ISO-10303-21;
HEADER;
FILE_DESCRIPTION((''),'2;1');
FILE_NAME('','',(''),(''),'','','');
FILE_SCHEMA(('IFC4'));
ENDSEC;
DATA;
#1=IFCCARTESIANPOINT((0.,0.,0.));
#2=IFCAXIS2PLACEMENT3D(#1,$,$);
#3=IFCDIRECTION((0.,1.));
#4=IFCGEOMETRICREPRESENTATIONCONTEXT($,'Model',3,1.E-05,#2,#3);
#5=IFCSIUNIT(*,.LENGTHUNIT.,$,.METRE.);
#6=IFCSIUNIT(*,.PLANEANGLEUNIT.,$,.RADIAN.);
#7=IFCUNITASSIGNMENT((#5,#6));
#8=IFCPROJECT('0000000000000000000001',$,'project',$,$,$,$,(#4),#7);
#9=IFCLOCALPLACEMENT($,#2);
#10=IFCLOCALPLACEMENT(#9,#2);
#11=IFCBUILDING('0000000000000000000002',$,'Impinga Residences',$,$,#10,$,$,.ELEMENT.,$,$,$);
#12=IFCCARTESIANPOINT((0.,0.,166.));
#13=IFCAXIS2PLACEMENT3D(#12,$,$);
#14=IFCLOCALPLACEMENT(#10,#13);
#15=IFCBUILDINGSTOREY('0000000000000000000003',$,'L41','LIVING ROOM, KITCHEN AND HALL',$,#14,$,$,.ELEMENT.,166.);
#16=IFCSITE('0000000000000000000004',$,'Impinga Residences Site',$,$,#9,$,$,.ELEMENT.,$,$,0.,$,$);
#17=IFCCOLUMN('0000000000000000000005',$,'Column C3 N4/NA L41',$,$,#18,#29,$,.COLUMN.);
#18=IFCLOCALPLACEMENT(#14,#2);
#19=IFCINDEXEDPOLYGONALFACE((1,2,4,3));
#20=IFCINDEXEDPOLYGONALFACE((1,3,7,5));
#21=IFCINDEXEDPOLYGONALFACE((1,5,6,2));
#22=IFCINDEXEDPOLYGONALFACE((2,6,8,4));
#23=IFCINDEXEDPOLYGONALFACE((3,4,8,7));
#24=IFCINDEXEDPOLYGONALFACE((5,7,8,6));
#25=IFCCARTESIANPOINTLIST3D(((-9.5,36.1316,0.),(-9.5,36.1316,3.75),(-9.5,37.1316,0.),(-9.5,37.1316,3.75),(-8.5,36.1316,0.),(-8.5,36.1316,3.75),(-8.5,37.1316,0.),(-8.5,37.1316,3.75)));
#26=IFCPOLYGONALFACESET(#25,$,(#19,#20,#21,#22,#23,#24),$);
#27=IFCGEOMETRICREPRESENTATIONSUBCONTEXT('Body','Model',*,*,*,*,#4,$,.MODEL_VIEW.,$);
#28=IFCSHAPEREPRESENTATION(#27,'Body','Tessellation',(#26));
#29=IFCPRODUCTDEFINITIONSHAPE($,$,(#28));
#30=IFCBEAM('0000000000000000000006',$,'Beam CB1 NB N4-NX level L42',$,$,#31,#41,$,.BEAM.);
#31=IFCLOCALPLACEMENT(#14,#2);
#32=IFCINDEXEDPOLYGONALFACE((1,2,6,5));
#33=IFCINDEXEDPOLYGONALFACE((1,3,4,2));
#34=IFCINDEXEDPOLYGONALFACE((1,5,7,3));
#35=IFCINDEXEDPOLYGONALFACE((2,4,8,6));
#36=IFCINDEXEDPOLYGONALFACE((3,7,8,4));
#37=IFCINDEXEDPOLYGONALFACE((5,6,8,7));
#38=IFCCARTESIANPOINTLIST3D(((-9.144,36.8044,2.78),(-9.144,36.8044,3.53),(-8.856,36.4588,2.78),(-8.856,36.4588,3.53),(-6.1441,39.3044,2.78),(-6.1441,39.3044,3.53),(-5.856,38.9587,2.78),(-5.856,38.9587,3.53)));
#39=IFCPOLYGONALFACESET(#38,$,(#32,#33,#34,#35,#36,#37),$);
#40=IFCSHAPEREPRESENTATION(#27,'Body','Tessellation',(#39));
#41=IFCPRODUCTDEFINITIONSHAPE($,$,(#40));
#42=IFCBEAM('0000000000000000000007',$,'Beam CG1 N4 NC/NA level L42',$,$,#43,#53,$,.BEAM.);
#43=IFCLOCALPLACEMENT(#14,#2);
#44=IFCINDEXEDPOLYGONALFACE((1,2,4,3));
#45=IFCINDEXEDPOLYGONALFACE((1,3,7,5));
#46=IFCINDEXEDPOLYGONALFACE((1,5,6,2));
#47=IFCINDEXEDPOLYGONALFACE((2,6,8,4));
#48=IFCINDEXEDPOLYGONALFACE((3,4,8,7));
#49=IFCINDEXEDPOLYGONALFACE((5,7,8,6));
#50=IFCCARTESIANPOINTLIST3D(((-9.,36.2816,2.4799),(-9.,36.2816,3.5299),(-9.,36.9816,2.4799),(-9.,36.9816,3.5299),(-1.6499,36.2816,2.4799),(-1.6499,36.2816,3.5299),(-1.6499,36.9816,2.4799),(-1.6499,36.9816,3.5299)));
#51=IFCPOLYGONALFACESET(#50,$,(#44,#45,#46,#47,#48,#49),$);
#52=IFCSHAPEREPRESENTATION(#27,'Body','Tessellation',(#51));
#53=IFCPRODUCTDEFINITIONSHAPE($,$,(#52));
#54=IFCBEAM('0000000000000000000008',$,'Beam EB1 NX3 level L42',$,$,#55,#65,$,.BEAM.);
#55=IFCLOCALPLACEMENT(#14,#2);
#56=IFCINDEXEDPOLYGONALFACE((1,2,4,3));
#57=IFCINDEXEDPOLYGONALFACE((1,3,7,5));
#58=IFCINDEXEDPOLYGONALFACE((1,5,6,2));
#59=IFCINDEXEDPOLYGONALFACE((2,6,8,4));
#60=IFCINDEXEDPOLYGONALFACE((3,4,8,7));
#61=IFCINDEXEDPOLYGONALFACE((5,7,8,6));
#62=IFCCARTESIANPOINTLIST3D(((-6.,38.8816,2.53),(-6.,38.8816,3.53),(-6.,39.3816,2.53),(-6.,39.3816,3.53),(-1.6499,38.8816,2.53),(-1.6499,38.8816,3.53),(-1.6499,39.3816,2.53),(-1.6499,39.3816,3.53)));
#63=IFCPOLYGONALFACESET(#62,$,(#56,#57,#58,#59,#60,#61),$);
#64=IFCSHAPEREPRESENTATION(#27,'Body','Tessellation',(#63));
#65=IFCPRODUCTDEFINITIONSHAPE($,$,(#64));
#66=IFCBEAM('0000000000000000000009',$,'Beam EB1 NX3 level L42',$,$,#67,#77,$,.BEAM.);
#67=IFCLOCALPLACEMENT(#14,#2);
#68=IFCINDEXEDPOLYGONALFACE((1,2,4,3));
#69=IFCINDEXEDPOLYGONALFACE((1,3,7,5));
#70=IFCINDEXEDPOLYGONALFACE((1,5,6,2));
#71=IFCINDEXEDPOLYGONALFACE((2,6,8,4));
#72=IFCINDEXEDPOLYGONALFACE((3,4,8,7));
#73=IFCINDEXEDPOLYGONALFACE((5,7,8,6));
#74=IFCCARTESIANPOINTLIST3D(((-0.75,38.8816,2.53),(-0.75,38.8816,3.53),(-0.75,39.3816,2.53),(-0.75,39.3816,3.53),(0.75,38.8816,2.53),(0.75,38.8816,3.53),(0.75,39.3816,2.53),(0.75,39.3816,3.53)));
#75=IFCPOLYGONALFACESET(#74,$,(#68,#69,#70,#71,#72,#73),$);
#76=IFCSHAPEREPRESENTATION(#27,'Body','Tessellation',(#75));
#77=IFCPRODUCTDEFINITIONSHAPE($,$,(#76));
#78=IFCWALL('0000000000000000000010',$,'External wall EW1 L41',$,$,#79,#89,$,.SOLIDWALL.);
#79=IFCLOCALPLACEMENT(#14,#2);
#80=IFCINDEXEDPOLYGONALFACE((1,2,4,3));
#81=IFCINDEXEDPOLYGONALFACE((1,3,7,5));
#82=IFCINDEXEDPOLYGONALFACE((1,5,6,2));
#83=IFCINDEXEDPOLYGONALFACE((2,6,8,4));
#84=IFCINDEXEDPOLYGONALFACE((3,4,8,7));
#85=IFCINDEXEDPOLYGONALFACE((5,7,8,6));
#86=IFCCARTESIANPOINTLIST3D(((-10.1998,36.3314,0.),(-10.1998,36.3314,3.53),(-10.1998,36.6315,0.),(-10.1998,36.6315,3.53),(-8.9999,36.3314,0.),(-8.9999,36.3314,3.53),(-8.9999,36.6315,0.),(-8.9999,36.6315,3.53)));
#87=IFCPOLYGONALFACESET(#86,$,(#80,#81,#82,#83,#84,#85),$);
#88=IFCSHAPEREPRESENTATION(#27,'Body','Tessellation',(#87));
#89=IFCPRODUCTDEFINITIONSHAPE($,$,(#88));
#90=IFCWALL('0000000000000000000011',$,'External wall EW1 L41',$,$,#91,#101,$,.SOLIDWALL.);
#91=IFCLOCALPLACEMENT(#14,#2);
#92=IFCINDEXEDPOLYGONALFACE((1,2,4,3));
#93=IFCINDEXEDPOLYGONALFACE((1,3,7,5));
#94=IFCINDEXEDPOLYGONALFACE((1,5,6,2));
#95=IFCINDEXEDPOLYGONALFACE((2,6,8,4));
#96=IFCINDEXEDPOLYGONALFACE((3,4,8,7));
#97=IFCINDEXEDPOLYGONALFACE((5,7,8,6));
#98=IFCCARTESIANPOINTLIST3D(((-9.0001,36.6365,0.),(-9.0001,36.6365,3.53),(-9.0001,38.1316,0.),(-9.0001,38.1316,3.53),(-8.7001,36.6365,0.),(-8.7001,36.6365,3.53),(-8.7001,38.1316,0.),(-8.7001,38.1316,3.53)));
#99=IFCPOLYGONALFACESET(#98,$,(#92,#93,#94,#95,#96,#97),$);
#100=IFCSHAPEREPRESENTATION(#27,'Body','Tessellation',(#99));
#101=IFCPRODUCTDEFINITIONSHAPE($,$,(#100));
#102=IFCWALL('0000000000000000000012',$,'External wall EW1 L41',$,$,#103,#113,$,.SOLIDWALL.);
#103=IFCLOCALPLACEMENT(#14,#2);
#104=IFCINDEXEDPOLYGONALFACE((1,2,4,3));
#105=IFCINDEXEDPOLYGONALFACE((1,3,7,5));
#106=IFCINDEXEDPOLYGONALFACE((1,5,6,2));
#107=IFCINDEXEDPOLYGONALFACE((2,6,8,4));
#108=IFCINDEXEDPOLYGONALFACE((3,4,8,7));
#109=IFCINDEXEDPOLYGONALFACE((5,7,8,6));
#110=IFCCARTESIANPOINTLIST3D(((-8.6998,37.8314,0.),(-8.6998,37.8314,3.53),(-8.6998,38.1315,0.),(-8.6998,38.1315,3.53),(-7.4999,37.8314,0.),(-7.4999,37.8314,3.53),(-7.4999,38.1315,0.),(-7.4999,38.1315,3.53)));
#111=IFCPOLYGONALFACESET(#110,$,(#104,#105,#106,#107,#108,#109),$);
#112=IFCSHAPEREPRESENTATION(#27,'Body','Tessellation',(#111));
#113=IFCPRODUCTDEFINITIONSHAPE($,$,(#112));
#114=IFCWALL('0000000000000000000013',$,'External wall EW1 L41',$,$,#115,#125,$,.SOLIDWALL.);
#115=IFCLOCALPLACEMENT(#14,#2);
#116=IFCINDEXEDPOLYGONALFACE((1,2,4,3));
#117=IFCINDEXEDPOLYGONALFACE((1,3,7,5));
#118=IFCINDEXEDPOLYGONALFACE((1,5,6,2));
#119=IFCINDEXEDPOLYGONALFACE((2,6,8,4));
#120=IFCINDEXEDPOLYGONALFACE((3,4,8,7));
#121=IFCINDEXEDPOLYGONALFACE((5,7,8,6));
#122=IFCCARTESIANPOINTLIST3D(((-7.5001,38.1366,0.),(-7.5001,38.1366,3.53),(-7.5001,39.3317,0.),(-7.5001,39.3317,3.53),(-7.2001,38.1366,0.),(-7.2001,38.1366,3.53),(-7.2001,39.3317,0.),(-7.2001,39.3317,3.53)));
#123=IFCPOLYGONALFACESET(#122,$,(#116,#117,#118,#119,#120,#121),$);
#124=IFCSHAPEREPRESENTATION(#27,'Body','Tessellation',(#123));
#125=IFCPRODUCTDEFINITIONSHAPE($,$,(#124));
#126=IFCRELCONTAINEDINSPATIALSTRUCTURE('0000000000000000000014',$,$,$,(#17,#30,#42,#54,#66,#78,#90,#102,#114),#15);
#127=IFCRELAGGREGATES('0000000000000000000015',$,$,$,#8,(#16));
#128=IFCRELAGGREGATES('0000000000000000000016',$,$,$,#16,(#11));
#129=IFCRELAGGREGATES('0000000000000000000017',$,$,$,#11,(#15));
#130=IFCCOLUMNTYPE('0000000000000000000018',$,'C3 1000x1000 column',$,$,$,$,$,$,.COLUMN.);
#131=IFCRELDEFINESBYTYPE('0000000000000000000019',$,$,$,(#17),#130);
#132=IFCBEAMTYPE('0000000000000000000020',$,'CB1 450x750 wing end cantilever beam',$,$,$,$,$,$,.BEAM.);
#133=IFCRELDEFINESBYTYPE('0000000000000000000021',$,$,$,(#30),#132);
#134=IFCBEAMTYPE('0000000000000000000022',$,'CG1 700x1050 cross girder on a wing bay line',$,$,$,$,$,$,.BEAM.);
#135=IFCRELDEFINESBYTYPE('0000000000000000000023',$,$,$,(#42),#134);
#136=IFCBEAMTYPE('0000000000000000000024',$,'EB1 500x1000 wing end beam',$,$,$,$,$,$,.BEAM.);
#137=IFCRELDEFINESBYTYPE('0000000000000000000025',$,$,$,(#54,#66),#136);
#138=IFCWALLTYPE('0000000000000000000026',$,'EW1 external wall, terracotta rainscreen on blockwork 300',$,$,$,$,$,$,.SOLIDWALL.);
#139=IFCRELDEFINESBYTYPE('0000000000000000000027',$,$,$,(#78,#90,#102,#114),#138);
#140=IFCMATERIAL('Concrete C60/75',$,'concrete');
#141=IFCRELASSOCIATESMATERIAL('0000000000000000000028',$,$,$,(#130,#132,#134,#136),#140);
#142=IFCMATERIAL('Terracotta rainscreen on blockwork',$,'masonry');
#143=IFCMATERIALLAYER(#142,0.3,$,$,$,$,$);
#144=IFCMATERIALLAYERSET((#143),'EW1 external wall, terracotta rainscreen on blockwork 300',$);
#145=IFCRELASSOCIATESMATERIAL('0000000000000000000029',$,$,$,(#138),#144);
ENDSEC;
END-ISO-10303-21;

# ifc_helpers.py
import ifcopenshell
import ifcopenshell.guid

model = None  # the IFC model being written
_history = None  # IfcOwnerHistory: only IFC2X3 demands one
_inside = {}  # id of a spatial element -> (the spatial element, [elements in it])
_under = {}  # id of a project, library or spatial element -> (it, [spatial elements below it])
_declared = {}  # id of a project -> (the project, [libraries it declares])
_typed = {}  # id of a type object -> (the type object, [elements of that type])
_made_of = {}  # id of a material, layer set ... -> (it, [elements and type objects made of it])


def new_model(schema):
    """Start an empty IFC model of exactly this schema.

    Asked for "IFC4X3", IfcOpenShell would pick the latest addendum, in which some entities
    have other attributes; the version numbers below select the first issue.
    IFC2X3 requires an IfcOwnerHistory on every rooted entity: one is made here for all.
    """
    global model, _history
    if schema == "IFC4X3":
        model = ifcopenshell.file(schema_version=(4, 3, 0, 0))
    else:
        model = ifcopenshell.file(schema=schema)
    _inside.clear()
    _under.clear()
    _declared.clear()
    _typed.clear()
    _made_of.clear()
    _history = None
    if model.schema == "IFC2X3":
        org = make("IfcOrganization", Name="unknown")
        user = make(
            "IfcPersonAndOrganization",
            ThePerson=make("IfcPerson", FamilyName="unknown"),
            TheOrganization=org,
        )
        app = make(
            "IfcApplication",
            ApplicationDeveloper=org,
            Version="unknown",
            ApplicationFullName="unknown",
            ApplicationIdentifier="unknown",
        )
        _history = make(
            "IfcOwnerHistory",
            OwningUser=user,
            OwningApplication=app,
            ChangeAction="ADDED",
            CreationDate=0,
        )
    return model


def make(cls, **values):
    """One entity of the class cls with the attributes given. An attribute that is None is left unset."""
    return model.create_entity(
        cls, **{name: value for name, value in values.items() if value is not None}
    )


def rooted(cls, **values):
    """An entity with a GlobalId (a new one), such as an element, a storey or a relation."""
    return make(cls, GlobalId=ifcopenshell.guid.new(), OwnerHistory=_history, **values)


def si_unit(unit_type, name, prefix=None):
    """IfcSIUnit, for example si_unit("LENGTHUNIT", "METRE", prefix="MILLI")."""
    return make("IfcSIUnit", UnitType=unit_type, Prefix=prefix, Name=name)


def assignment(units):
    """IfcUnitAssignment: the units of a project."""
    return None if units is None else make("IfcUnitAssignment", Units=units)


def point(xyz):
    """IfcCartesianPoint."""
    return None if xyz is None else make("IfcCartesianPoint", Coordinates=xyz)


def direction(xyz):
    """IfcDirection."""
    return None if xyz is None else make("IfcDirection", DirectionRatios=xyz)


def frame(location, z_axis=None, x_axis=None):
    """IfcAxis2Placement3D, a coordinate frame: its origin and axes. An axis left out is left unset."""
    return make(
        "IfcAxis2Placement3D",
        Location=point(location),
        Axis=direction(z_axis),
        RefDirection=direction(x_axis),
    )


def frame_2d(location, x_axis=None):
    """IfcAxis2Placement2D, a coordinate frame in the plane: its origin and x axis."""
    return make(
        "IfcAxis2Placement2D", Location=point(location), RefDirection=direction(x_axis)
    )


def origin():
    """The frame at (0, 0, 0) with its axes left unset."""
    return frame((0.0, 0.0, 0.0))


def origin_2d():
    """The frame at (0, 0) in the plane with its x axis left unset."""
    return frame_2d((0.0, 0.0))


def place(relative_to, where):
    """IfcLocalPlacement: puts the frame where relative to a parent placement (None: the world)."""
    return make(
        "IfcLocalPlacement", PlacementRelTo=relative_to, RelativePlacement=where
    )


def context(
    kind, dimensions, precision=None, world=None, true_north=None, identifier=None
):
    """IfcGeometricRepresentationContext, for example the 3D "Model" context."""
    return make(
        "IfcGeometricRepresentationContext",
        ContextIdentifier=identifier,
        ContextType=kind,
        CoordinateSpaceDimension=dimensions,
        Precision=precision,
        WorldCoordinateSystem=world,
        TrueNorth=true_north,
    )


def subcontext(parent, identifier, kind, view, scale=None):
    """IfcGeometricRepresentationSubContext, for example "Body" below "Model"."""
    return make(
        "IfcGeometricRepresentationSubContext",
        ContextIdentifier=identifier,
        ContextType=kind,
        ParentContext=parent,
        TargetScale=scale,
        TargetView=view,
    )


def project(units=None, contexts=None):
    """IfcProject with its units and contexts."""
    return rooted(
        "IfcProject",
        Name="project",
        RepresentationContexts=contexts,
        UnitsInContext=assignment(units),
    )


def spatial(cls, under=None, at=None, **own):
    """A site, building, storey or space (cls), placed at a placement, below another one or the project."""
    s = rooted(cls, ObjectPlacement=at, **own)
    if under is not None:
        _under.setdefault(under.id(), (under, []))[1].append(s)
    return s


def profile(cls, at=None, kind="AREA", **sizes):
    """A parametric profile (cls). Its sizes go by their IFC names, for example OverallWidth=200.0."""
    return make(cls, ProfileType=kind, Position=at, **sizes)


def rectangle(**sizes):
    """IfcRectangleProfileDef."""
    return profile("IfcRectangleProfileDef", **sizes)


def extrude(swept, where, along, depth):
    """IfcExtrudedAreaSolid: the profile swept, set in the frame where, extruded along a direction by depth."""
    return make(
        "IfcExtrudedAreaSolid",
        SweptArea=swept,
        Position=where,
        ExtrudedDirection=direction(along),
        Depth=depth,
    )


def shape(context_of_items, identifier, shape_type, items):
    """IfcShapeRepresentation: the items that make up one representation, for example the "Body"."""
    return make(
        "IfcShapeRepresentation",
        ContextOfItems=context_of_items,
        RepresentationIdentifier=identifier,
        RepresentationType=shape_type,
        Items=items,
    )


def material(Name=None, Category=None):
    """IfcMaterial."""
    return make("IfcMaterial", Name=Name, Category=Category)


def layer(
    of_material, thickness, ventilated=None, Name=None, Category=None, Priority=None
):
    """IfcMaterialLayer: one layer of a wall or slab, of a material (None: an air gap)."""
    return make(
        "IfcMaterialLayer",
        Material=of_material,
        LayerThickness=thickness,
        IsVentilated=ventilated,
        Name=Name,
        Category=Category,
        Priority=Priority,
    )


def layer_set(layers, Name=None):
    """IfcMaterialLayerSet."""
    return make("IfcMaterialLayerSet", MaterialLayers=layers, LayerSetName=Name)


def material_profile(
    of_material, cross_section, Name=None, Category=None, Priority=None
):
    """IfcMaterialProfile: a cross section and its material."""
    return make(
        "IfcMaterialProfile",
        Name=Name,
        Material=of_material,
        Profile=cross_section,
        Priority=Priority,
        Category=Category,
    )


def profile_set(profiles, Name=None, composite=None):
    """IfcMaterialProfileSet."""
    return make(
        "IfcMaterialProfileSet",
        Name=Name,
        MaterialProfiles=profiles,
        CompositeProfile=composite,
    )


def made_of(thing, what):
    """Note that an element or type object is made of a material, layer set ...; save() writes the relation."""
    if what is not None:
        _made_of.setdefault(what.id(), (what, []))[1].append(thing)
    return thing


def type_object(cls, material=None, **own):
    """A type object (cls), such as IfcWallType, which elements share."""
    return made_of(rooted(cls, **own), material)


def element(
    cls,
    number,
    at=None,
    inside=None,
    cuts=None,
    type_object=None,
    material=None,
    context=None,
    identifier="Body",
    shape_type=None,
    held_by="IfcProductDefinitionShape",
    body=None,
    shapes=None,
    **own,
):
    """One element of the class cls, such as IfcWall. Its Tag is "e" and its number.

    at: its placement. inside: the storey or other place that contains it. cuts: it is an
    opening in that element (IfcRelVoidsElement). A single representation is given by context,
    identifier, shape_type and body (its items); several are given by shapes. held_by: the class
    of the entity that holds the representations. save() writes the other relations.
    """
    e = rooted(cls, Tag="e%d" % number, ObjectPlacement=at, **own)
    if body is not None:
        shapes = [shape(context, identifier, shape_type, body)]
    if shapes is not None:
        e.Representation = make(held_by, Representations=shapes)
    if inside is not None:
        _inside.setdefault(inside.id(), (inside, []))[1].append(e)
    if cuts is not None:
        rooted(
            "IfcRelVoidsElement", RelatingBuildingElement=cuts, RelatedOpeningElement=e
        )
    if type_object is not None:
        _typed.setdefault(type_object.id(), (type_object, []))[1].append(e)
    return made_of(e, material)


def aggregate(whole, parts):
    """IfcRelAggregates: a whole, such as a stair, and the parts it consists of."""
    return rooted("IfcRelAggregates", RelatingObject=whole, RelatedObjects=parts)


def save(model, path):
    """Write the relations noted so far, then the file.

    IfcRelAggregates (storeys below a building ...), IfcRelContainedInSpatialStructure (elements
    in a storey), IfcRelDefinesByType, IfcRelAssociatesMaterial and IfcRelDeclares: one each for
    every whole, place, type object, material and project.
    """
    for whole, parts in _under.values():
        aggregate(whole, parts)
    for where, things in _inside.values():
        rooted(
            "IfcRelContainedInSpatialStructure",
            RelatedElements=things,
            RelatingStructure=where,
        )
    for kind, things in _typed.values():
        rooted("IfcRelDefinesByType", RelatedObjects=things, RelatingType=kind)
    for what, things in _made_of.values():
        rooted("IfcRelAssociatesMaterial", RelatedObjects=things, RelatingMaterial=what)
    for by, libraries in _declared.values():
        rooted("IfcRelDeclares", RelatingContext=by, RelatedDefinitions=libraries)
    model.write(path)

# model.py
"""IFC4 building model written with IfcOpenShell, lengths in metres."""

from ifc_helpers import new_model, si_unit, direction, frame, frame_2d, origin, origin_2d, place, context, subcontext, project, spatial, rectangle, extrude, material, layer, layer_set, material_profile, profile_set, type_object, element, save


model = new_model("IFC4")

# Units and contexts
model_context = context("Model", 3, precision=1e-05, world=origin(), true_north=direction((0.0, 1.0)))
body_context = subcontext(model_context, "Body", "Model", "MODEL_VIEW")
ifc_project = project(units=[si_unit("LENGTHUNIT", "METRE"), si_unit("PLANEANGLEUNIT", "RADIAN")], contexts=[model_context])

# Site, building, storey
site_placement = place(None, origin())
site = spatial("IfcSite", under=ifc_project, at=site_placement, Name="Impinga Residences Site", CompositionType="ELEMENT", RefElevation=0.0)
building_placement = place(site_placement, origin())
building = spatial("IfcBuilding", under=site, at=building_placement, Name="Impinga Residences", CompositionType="ELEMENT")
storey_placement = place(building_placement, frame((0.0, 0.0, 166.0)))
storey = spatial("IfcBuildingStorey", under=building, at=storey_placement, Name="L41", Description="LIVING ROOM, KITCHEN AND HALL", CompositionType="ELEMENT", Elevation=166.0)

# Column
ifc_material_1 = material(Name="Concrete C60/75", Category="concrete")
ifc_material_profile_1 = material_profile(ifc_material_1, rectangle(XDim=1.0, YDim=1.0, at=origin_2d()), Name="RC 1000x1000")
ifc_profile_set_1 = profile_set([ifc_material_profile_1], Name="Concrete C60/75")
column_type = type_object("IfcColumnType", Name="C3 1000x1000 column", PredefinedType="COLUMN", material=ifc_profile_set_1)
column_placement = place(storey_placement, frame((-9.0, 36.6316, 0.0), z_axis=(0.0, 0.0, 1.0), x_axis=(1.0, 0.0, 0.0)))
element("IfcColumn", 1, at=column_placement, inside=storey, type_object=column_type, Name="Column C3 N4/NA L41", PredefinedType="COLUMN", context=body_context, shape_type="SweptSolid", body=[
    extrude(rectangle(XDim=1.0, YDim=1.0, at=origin_2d()), origin(), (0.0, 0.0, 1.0), 3.75),
])

# Beams
ifc_material_profile_2 = material_profile(ifc_material_1, rectangle(XDim=0.45, YDim=0.75, at=origin_2d()), Name="RC 450x750")
ifc_profile_set_2 = profile_set([ifc_material_profile_2], Name="Concrete C60/75")
beam_type_1 = type_object("IfcBeamType", Name="CB1 450x750 wing end cantilever beam", PredefinedType="BEAM", material=ifc_profile_set_2)
beam_1_placement = place(storey_placement, frame((-9.0, 36.6316, 3.155), z_axis=(0.768221, 0.640184, 0.0), x_axis=(-0.640184, 0.768221, 0.0)))
element("IfcBeam", 2, at=beam_1_placement, inside=storey, type_object=beam_type_1, Name="Beam CB1 NB N4-NX level L42", PredefinedType="BEAM", context=body_context, shape_type="SweptSolid", body=[
    extrude(rectangle(XDim=0.45, YDim=0.75, at=origin_2d()), origin(), (0.0, 0.0, 1.0), 3.905),
])
ifc_material_profile_3 = material_profile(ifc_material_1, rectangle(XDim=0.7, YDim=1.05, at=origin_2d()), Name="RC 700x1050")
ifc_profile_set_3 = profile_set([ifc_material_profile_3], Name="Concrete C60/75")
beam_type_2 = type_object("IfcBeamType", Name="CG1 700x1050 cross girder on a wing bay line", PredefinedType="BEAM", material=ifc_profile_set_3)
beam_2_placement = place(storey_placement, frame((-1.6499, 36.6316, 3.0049), z_axis=(-1.0, 0.0, 0.0), x_axis=(0.0, -1.0, 0.0)))
element("IfcBeam", 3, at=beam_2_placement, inside=storey, type_object=beam_type_2, Name="Beam CG1 N4 NC/NA level L42", PredefinedType="BEAM", context=body_context, shape_type="SweptSolid", body=[
    extrude(rectangle(XDim=0.7, YDim=1.05, at=origin_2d()), origin(), (0.0, 0.0, 1.0), 7.3501),
])
ifc_material_profile_4 = material_profile(ifc_material_1, rectangle(XDim=0.5, YDim=1.0, at=origin_2d()), Name="RC 500x1000")
ifc_profile_set_4 = profile_set([ifc_material_profile_4], Name="Concrete C60/75")
beam_type_3 = type_object("IfcBeamType", Name="EB1 500x1000 wing end beam", PredefinedType="BEAM", material=ifc_profile_set_4)
beam_3_placement = place(storey_placement, frame((-6.0, 39.1316, 3.03), z_axis=(1.0, 0.0, 0.0), x_axis=(0.0, 1.0, 0.0)))
element("IfcBeam", 4, at=beam_3_placement, inside=storey, type_object=beam_type_3, Name="Beam EB1 NX3 level L42", PredefinedType="BEAM", context=body_context, shape_type="SweptSolid", body=[
    extrude(rectangle(XDim=0.5, YDim=1.0, at=origin_2d()), origin(), (0.0, 0.0, 1.0), 4.3501),
])
beam_4_placement = place(storey_placement, frame((-0.75, 39.1316, 3.03), z_axis=(1.0, 0.0, 0.0), x_axis=(0.0, 1.0, 0.0)))
element("IfcBeam", 5, at=beam_4_placement, inside=storey, type_object=beam_type_3, Name="Beam EB1 NX3 level L42", PredefinedType="BEAM", context=body_context, shape_type="SweptSolid", body=[
    extrude(rectangle(XDim=0.5, YDim=1.0, at=origin_2d()), origin(), (0.0, 0.0, 1.0), 1.5),
])

# Walls
ifc_material_2 = material(Name="Terracotta rainscreen on blockwork", Category="masonry")
ifc_layer_1 = layer(ifc_material_2, 0.3)
ifc_layer_set_1 = layer_set([ifc_layer_1], Name="EW1 external wall, terracotta rainscreen on blockwork 300")
wall_type_1 = type_object("IfcWallType", Name="EW1 external wall, terracotta rainscreen on blockwork 300", PredefinedType="SOLIDWALL", material=ifc_layer_set_1)
wall_1_placement = place(storey_placement, frame((-10.2, 36.4814, 0.0), z_axis=(0.0, 0.0, 1.0), x_axis=(1.0, 0.0, 0.0)))
element("IfcWall", 6, at=wall_1_placement, inside=storey, type_object=wall_type_1, Name="External wall EW1 L41", PredefinedType="SOLIDWALL", context=body_context, shape_type="SweptSolid", body=[
    extrude(rectangle(XDim=1.2, YDim=0.3, at=frame_2d((0.6001, 0.0))), origin(), (0.0, 0.0, 1.0), 3.53),
])
wall_2_placement = place(storey_placement, frame((-8.8501, 36.6365, 0.0), z_axis=(0.0, 0.0, 1.0), x_axis=(0.0, 1.0, 0.0)))
element("IfcWall", 7, at=wall_2_placement, inside=storey, type_object=wall_type_1, Name="External wall EW1 L41", PredefinedType="SOLIDWALL", context=body_context, shape_type="SweptSolid", body=[
    extrude(rectangle(XDim=1.4951, YDim=0.3, at=frame_2d((0.7476, 0.0))), origin(), (0.0, 0.0, 1.0), 3.53),
])
wall_3_placement = place(storey_placement, frame((-8.7, 37.9814, 0.0), z_axis=(0.0, 0.0, 1.0), x_axis=(1.0, 0.0, 0.0)))
element("IfcWall", 8, at=wall_3_placement, inside=storey, type_object=wall_type_1, Name="External wall EW1 L41", PredefinedType="SOLIDWALL", context=body_context, shape_type="SweptSolid", body=[
    extrude(rectangle(XDim=1.2, YDim=0.3, at=frame_2d((0.6001, 0.0))), origin(), (0.0, 0.0, 1.0), 3.53),
])
wall_4_placement = place(storey_placement, frame((-7.3501, 38.1365, 0.0), z_axis=(0.0, 0.0, 1.0), x_axis=(0.0, 1.0, 0.0)))
element("IfcWall", 9, at=wall_4_placement, inside=storey, type_object=wall_type_1, Name="External wall EW1 L41", PredefinedType="SOLIDWALL", context=body_context, shape_type="SweptSolid", body=[
    extrude(rectangle(XDim=1.1951, YDim=0.3, at=frame_2d((0.5977, 0.0))), origin(), (0.0, 0.0, 1.0), 3.53),
])

save(model, "model.ifc")
